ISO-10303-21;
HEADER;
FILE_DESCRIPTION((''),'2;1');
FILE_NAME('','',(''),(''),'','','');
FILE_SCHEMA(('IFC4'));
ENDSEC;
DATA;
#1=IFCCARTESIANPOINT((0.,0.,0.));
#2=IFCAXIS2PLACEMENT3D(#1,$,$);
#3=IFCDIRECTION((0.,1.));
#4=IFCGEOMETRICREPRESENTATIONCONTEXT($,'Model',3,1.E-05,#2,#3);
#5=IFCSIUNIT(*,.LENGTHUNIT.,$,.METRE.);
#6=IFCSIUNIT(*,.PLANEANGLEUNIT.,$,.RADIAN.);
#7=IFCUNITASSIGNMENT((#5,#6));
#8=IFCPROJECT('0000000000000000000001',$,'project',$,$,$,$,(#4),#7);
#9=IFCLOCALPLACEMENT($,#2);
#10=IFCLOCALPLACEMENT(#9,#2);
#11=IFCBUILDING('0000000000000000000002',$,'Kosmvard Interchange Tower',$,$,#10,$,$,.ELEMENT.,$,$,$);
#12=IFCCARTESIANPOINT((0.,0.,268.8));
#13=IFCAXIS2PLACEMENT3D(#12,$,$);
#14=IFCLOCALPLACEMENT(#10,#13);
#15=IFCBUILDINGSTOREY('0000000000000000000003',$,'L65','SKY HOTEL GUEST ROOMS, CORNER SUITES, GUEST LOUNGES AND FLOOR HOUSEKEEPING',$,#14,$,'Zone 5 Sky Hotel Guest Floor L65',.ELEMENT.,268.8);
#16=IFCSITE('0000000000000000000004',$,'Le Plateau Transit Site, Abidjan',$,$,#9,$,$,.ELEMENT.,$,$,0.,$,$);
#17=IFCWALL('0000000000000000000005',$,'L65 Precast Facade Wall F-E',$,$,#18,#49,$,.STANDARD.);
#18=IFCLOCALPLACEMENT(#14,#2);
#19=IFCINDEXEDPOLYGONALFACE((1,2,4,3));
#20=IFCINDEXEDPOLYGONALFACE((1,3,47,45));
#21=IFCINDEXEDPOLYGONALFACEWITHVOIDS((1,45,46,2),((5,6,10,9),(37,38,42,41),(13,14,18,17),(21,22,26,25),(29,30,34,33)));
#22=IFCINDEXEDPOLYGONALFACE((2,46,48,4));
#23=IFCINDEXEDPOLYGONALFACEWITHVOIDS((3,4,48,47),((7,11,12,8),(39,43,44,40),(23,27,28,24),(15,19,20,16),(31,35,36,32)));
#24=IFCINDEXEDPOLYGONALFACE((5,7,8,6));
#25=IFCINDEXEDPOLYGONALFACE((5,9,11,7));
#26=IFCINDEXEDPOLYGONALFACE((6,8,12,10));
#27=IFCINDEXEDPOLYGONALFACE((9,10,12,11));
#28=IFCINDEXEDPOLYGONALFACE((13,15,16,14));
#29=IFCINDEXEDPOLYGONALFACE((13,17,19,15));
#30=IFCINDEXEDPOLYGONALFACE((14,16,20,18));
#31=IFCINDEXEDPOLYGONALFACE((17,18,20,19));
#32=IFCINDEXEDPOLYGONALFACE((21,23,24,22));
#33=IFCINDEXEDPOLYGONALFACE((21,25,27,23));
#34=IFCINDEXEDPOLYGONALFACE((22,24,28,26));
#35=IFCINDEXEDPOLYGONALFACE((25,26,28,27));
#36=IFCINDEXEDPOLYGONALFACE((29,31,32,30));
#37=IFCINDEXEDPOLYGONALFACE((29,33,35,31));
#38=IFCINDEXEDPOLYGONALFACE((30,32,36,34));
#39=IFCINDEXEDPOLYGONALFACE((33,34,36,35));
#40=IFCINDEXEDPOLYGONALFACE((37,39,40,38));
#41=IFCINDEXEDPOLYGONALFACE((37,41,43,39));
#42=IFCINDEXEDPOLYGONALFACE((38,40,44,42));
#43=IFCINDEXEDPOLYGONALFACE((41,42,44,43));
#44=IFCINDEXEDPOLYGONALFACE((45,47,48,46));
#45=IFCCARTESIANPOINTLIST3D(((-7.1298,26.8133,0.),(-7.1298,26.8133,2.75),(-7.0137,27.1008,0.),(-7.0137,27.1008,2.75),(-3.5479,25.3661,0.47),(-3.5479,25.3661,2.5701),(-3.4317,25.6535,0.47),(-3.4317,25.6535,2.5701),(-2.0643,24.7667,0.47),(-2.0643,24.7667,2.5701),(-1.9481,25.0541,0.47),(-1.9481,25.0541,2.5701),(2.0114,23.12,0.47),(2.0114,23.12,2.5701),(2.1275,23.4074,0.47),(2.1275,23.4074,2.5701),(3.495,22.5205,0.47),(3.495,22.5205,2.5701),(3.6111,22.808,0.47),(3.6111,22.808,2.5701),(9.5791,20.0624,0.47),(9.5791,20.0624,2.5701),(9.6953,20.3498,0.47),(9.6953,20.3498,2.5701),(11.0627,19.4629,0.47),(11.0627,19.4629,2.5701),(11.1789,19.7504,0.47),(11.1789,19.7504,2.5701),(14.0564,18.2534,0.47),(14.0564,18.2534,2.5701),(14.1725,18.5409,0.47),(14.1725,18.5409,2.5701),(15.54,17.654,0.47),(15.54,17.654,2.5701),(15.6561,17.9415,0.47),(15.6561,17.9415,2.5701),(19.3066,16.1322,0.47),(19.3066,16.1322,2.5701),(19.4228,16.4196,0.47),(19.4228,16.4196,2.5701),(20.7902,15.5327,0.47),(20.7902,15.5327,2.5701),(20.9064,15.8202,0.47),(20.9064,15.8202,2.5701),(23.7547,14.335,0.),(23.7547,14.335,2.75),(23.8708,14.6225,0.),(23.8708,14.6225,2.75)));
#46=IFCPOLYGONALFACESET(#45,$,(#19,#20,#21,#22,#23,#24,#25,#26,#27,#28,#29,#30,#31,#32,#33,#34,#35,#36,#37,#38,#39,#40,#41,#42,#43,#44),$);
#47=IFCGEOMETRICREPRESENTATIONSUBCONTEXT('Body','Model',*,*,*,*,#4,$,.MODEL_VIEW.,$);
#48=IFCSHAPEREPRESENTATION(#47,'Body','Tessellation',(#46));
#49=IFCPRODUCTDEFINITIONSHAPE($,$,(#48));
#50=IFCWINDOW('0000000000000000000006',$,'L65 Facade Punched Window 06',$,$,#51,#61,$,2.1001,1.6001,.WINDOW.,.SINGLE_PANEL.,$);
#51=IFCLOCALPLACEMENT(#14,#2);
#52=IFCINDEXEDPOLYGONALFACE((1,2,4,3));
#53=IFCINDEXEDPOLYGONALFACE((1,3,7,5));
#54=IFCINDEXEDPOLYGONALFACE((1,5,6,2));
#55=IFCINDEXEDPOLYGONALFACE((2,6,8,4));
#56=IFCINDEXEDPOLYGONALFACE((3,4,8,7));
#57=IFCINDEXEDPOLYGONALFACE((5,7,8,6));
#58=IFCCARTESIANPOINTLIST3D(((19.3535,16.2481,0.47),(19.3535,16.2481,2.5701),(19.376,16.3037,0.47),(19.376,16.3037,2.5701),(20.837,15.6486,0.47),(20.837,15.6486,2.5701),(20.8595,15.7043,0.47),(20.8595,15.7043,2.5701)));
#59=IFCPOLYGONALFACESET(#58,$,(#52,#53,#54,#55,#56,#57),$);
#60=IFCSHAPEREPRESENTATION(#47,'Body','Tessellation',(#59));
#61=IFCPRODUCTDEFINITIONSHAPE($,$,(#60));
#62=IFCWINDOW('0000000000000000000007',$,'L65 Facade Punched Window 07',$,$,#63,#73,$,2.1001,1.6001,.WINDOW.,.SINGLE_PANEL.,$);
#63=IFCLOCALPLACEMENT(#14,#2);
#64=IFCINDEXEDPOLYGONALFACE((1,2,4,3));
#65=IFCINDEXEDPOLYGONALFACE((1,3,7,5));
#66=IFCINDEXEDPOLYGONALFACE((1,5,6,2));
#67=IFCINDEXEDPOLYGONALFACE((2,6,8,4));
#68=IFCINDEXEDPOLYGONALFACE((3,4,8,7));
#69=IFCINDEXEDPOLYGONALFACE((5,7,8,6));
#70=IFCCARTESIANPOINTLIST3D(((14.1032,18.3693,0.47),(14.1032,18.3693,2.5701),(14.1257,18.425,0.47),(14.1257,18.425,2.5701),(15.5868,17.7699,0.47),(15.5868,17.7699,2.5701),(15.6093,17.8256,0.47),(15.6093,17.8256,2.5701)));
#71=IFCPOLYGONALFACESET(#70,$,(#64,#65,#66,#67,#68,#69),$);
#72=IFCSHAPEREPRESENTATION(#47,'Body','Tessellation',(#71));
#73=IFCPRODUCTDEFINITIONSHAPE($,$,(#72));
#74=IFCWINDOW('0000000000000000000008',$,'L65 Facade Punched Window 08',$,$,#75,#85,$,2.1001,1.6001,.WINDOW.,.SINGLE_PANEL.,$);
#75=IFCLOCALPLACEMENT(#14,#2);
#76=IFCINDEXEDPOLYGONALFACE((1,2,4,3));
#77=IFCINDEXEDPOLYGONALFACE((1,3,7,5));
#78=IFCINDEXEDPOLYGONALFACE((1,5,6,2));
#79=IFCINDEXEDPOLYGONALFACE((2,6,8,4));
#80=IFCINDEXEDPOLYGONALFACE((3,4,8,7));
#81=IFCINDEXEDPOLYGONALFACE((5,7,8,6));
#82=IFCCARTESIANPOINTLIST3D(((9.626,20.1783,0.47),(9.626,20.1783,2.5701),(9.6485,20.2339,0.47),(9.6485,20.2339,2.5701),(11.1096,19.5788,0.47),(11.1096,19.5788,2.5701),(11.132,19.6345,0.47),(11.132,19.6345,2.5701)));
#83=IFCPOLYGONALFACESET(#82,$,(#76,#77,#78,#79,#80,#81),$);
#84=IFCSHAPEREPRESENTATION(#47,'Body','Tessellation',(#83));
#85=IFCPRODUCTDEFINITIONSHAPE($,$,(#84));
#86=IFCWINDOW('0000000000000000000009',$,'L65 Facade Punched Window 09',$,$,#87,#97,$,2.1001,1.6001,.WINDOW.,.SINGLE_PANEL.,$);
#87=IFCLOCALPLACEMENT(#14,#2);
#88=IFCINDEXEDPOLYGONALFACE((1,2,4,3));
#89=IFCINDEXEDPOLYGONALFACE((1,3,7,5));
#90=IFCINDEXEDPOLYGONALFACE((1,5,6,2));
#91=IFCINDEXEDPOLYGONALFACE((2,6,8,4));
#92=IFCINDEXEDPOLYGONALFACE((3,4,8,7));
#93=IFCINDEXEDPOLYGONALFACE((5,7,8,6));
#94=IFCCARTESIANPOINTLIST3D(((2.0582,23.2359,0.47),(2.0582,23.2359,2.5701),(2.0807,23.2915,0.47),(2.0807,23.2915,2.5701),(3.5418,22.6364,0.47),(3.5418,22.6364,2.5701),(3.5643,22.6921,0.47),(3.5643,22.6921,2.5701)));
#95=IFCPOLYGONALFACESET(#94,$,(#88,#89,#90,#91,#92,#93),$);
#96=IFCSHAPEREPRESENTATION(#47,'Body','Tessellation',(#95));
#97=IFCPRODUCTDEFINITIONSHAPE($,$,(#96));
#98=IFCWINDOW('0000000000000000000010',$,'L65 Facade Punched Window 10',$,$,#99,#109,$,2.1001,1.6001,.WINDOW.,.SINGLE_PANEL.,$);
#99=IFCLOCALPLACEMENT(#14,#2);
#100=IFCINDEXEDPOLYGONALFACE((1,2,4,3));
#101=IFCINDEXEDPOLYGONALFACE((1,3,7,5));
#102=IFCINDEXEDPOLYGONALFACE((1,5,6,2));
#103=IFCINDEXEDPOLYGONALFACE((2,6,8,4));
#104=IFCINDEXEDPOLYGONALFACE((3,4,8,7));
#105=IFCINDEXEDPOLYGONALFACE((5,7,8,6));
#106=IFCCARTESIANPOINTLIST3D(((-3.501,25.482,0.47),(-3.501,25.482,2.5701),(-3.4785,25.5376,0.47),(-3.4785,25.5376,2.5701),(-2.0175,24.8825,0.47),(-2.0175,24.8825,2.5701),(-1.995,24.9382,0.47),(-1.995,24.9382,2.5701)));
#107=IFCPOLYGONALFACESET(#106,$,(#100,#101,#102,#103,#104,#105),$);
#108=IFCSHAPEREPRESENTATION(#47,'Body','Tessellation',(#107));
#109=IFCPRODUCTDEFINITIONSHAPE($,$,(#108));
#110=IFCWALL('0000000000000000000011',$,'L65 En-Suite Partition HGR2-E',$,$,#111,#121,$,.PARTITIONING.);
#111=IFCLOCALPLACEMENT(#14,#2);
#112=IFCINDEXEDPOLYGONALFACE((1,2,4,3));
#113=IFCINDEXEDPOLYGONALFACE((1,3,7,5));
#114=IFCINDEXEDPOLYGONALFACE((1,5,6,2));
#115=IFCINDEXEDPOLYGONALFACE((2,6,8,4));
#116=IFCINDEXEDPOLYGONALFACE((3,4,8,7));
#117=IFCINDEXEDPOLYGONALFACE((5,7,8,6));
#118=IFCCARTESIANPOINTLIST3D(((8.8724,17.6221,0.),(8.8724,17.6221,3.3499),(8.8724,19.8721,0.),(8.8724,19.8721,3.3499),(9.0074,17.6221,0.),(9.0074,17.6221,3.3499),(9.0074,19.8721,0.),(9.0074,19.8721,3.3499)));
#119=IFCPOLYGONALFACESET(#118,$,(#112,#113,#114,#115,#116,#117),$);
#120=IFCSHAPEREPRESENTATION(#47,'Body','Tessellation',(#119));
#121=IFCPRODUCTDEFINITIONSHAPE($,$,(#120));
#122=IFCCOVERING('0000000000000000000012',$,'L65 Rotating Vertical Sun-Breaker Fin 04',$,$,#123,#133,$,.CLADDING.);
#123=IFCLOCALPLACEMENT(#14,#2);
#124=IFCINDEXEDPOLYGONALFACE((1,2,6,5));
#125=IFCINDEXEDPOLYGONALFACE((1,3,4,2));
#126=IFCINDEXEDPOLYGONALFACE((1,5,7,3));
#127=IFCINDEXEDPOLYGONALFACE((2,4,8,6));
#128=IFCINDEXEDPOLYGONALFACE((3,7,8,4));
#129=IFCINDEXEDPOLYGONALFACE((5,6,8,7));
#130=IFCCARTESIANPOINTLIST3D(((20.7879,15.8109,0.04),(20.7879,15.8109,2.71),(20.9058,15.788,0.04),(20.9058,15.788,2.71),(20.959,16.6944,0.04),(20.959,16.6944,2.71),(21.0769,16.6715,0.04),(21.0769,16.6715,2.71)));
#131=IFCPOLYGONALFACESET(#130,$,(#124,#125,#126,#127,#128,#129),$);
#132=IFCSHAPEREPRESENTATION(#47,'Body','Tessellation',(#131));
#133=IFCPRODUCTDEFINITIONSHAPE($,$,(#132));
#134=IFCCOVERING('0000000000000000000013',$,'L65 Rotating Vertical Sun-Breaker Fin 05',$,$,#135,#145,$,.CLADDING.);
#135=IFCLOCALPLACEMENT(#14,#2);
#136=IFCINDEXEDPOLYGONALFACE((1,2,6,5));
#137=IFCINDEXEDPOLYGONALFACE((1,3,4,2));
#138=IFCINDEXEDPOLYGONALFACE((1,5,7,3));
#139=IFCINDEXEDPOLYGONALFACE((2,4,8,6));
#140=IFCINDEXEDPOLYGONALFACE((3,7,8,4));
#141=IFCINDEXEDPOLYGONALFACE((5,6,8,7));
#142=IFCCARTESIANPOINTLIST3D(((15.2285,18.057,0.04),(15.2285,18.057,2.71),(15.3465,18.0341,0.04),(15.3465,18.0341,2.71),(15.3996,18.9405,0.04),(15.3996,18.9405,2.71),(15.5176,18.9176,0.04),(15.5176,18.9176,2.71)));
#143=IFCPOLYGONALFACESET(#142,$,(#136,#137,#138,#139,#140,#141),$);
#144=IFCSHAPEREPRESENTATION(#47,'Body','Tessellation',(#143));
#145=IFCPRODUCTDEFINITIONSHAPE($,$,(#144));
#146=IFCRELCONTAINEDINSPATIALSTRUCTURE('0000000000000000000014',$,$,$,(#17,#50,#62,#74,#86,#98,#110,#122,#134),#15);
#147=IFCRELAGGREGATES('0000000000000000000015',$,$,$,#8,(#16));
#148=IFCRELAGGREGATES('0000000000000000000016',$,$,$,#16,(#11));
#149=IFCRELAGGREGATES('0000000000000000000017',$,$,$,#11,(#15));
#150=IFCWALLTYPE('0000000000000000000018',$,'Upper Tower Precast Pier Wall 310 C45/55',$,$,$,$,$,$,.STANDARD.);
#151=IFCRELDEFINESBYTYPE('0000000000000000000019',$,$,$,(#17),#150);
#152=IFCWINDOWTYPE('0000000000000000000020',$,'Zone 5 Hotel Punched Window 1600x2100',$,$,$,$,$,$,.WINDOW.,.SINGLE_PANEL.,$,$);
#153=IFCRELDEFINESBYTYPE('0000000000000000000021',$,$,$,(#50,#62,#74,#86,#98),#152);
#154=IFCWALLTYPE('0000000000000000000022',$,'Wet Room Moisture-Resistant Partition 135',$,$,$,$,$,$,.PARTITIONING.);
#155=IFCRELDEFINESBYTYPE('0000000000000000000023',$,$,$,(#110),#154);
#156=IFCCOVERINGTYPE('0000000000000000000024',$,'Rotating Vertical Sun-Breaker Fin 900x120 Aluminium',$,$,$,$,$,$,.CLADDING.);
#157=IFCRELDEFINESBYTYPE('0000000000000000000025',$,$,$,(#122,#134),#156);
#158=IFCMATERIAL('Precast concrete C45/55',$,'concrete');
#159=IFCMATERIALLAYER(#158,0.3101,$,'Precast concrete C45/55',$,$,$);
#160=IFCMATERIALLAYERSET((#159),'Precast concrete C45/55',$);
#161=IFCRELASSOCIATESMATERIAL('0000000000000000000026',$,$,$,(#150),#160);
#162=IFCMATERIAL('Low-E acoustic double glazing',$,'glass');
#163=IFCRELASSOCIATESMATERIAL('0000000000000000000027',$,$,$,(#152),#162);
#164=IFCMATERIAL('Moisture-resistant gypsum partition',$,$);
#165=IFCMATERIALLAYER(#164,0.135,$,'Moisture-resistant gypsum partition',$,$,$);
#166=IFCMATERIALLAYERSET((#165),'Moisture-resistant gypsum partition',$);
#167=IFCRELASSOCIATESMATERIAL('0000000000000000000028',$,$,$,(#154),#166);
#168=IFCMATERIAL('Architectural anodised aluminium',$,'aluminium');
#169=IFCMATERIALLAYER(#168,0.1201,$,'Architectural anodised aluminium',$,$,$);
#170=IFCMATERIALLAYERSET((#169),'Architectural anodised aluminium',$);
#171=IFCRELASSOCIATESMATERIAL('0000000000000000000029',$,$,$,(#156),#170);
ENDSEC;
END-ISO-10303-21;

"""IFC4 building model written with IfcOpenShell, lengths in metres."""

from ifc_helpers import new_model, si_unit, direction, frame, frame_2d, origin, origin_2d, place, context, subcontext, project, spatial, rectangle, extrude, source, transform, mapped, material, layer, layer_set, type_object, element, fill, save


model = new_model("IFC4")

# Units and contexts
model_context = context("Model", 3, precision=1e-05, world=origin(), true_north=direction((0.0, 1.0)))
body_context = subcontext(model_context, "Body", "Model", "MODEL_VIEW")
ifc_project = project(units=[si_unit("LENGTHUNIT", "METRE"), si_unit("PLANEANGLEUNIT", "RADIAN")], contexts=[model_context])

# Site, building, storey
site_placement = place(None, origin())
site = spatial("IfcSite", under=ifc_project, at=site_placement, Name="Le Plateau Transit Site, Abidjan", CompositionType="ELEMENT", RefElevation=0.0)
building_placement = place(site_placement, origin())
building = spatial("IfcBuilding", under=site, at=building_placement, Name="Kosmvard Interchange Tower", CompositionType="ELEMENT")
storey_placement = place(building_placement, frame((0.0, 0.0, 268.8)))
storey = spatial("IfcBuildingStorey", under=building, at=storey_placement, Name="L65", Description="SKY HOTEL GUEST ROOMS, CORNER SUITES, GUEST LOUNGES AND FLOOR HOUSEKEEPING", LongName="Zone 5 Sky Hotel Guest Floor L65", CompositionType="ELEMENT", Elevation=268.8)

# Wall, openings, windows
ifc_material_1 = material(Name="Precast concrete C45/55", Category="concrete")
ifc_layer_1 = layer(ifc_material_1, 0.3101, Name="Precast concrete C45/55")
ifc_layer_set_1 = layer_set([ifc_layer_1], Name="Precast concrete C45/55")
wall_type_1 = type_object("IfcWallType", Name="Upper Tower Precast Pier Wall 310 C45/55", PredefinedType="STANDARD", material=ifc_layer_set_1)
wall_1_placement = place(storey_placement, frame((23.8127, 14.4788, 0.0), z_axis=(0.0, 0.0, 1.0), x_axis=(-0.927183, 0.37461, 0.0)))
wall_1 = element("IfcWall", 1, at=wall_1_placement, inside=storey, type_object=wall_type_1, Name="L65 Precast Facade Wall F-E", PredefinedType="STANDARD", context=body_context, shape_type="SweptSolid", body=[
    extrude(rectangle(XDim=33.3101, YDim=0.3101, at=frame_2d((16.655, 0.0))), origin(), (0.0, 0.0, 1.0), 2.75),
])
opening_1_placement = place(wall_1_placement, frame((3.1973, 0.0, 0.47)))
opening_1 = element("IfcOpeningElement", 2, at=opening_1_placement, cuts=wall_1, PredefinedType="OPENING", context=body_context, shape_type="SweptSolid", body=[
    extrude(rectangle(XDim=1.6001, YDim=2.1001, at=frame_2d((0.8, 1.05))), frame((0.0, 0.165, 0.0), z_axis=(0.0, -1.0, 0.0), x_axis=(1.0, 0.0, 0.0)), (0.0, 0.0, 1.0), 0.3301),
])
opening_2_placement = place(wall_1_placement, frame((8.8599, 0.0, 0.47)))
opening_2 = element("IfcOpeningElement", 3, at=opening_2_placement, cuts=wall_1, PredefinedType="OPENING", context=body_context, shape_type="SweptSolid", body=[
    extrude(rectangle(XDim=1.6001, YDim=2.1001, at=frame_2d((0.8, 1.05))), frame((0.0, 0.165, 0.0), z_axis=(0.0, -1.0, 0.0), x_axis=(1.0, 0.0, 0.0)), (0.0, 0.0, 1.0), 0.3301),
])
opening_3_placement = place(wall_1_placement, frame((13.6887, 0.0, 0.47)))
opening_3 = element("IfcOpeningElement", 4, at=opening_3_placement, cuts=wall_1, PredefinedType="OPENING", context=body_context, shape_type="SweptSolid", body=[
    extrude(rectangle(XDim=1.6001, YDim=2.1001, at=frame_2d((0.8, 1.05))), frame((0.0, 0.165, 0.0), z_axis=(0.0, -1.0, 0.0), x_axis=(1.0, 0.0, 0.0)), (0.0, 0.0, 1.0), 0.3301),
])
opening_4_placement = place(wall_1_placement, frame((21.8508, 0.0, 0.47)))
opening_4 = element("IfcOpeningElement", 5, at=opening_4_placement, cuts=wall_1, PredefinedType="OPENING", context=body_context, shape_type="SweptSolid", body=[
    extrude(rectangle(XDim=1.6001, YDim=2.1001, at=frame_2d((0.8, 1.05))), frame((0.0, 0.165, 0.0), z_axis=(0.0, -1.0, 0.0), x_axis=(1.0, 0.0, 0.0)), (0.0, 0.0, 1.0), 0.3301),
])
opening_5_placement = place(wall_1_placement, frame((27.8467, 0.0, 0.47)))
opening_5 = element("IfcOpeningElement", 6, at=opening_5_placement, cuts=wall_1, PredefinedType="OPENING", context=body_context, shape_type="SweptSolid", body=[
    extrude(rectangle(XDim=1.6001, YDim=2.1001, at=frame_2d((0.8, 1.05))), frame((0.0, 0.165, 0.0), z_axis=(0.0, -1.0, 0.0), x_axis=(1.0, 0.0, 0.0)), (0.0, 0.0, 1.0), 0.3301),
])
ifc_material_2 = material(Name="Low-E acoustic double glazing", Category="glass")
window_type = type_object("IfcWindowType", Name="Zone 5 Hotel Punched Window 1600x2100", PartitioningType="SINGLE_PANEL", PredefinedType="WINDOW", material=ifc_material_2)
shared_shape_1 = source(origin(), body_context, "Body", "SweptSolid", [
    extrude(rectangle(XDim=1.6001, YDim=2.1001, at=frame_2d((0.8, 1.05))), frame((0.0, 0.03, 0.0), z_axis=(0.0, -1.0, 0.0), x_axis=(1.0, 0.0, 0.0)), (0.0, 0.0, 1.0), 0.0601),
])
window_1_placement = place(opening_1_placement, origin())
window_1 = element("IfcWindow", 7, at=window_1_placement, inside=storey, type_object=window_type, Name="L65 Facade Punched Window 06", OverallHeight=2.1001, OverallWidth=1.6001, PartitioningType="SINGLE_PANEL", PredefinedType="WINDOW", context=body_context, shape_type="MappedRepresentation", body=[
    mapped(shared_shape_1, transform((0.0, 0.0, 0.0), scale=1.0)),
])
fill(opening_1, window_1)
window_2_placement = place(opening_2_placement, origin())
window_2 = element("IfcWindow", 8, at=window_2_placement, inside=storey, type_object=window_type, Name="L65 Facade Punched Window 07", OverallHeight=2.1001, OverallWidth=1.6001, PartitioningType="SINGLE_PANEL", PredefinedType="WINDOW", context=body_context, shape_type="MappedRepresentation", body=[
    mapped(shared_shape_1, transform((0.0, 0.0, 0.0), scale=1.0)),
])
fill(opening_2, window_2)
window_3_placement = place(opening_3_placement, origin())
window_3 = element("IfcWindow", 9, at=window_3_placement, inside=storey, type_object=window_type, Name="L65 Facade Punched Window 08", OverallHeight=2.1001, OverallWidth=1.6001, PartitioningType="SINGLE_PANEL", PredefinedType="WINDOW", context=body_context, shape_type="MappedRepresentation", body=[
    mapped(shared_shape_1, transform((0.0, 0.0, 0.0), scale=1.0)),
])
fill(opening_3, window_3)
window_4_placement = place(opening_4_placement, origin())
window_4 = element("IfcWindow", 10, at=window_4_placement, inside=storey, type_object=window_type, Name="L65 Facade Punched Window 09", OverallHeight=2.1001, OverallWidth=1.6001, PartitioningType="SINGLE_PANEL", PredefinedType="WINDOW", context=body_context, shape_type="MappedRepresentation", body=[
    mapped(shared_shape_1, transform((0.0, 0.0, 0.0), scale=1.0)),
])
fill(opening_4, window_4)
window_5_placement = place(opening_5_placement, origin())
window_5 = element("IfcWindow", 11, at=window_5_placement, inside=storey, type_object=window_type, Name="L65 Facade Punched Window 10", OverallHeight=2.1001, OverallWidth=1.6001, PartitioningType="SINGLE_PANEL", PredefinedType="WINDOW", context=body_context, shape_type="MappedRepresentation", body=[
    mapped(shared_shape_1, transform((0.0, 0.0, 0.0), scale=1.0)),
])
fill(opening_5, window_5)

# Wall
ifc_material_3 = material(Name="Moisture-resistant gypsum partition")
ifc_layer_2 = layer(ifc_material_3, 0.135, Name="Moisture-resistant gypsum partition")
ifc_layer_set_2 = layer_set([ifc_layer_2], Name="Moisture-resistant gypsum partition")
wall_type_2 = type_object("IfcWallType", Name="Wet Room Moisture-Resistant Partition 135", PredefinedType="PARTITIONING", material=ifc_layer_set_2)
wall_2_placement = place(storey_placement, frame((8.9399, 17.6221, 0.0), z_axis=(0.0, 0.0, 1.0), x_axis=(0.0, 1.0, 0.0)))
element("IfcWall", 12, at=wall_2_placement, inside=storey, type_object=wall_type_2, Name="L65 En-Suite Partition HGR2-E", PredefinedType="PARTITIONING", context=body_context, shape_type="SweptSolid", body=[
    extrude(rectangle(XDim=2.25, YDim=0.135, at=frame_2d((1.125, 0.0))), origin(), (0.0, 0.0, 1.0), 3.3499),
])

# Coverings
ifc_material_4 = material(Name="Architectural anodised aluminium", Category="aluminium")
ifc_layer_3 = layer(ifc_material_4, 0.1201, Name="Architectural anodised aluminium")
ifc_layer_set_3 = layer_set([ifc_layer_3], Name="Architectural anodised aluminium")
covering_type = type_object("IfcCoveringType", Name="Rotating Vertical Sun-Breaker Fin 900x120 Aluminium", PredefinedType="CLADDING", material=ifc_layer_set_3)
shared_shape_2 = source(origin(), body_context, "Body", "SweptSolid", [
    extrude(rectangle(XDim=0.8999, YDim=0.1201, at=origin_2d()), origin(), (0.0, 0.0, 1.0), 2.6699),
])
for number, where, z_axis, x_axis, name in (
    (13, (20.9324, 16.2412, 0.04), (0.0, 0.0, 1.0), (0.190124, 0.98176, 0.0), "L65 Rotating Vertical Sun-Breaker Fin 04"),
    (14, (15.373, 18.4873, 0.04), (0.0, 0.0, 1.0), (0.190124, 0.98176, 0.0), "L65 Rotating Vertical Sun-Breaker Fin 05"),
):
    element("IfcCovering", number, at=place(storey_placement, frame(where, z_axis=z_axis, x_axis=x_axis)), inside=storey, type_object=covering_type, Name=name, PredefinedType="CLADDING", context=body_context, shape_type="MappedRepresentation", body=[
        mapped(shared_shape_2, transform((0.0, 0.0, 0.0), scale=1.0)),
    ])

save(model, "model.ifc")
